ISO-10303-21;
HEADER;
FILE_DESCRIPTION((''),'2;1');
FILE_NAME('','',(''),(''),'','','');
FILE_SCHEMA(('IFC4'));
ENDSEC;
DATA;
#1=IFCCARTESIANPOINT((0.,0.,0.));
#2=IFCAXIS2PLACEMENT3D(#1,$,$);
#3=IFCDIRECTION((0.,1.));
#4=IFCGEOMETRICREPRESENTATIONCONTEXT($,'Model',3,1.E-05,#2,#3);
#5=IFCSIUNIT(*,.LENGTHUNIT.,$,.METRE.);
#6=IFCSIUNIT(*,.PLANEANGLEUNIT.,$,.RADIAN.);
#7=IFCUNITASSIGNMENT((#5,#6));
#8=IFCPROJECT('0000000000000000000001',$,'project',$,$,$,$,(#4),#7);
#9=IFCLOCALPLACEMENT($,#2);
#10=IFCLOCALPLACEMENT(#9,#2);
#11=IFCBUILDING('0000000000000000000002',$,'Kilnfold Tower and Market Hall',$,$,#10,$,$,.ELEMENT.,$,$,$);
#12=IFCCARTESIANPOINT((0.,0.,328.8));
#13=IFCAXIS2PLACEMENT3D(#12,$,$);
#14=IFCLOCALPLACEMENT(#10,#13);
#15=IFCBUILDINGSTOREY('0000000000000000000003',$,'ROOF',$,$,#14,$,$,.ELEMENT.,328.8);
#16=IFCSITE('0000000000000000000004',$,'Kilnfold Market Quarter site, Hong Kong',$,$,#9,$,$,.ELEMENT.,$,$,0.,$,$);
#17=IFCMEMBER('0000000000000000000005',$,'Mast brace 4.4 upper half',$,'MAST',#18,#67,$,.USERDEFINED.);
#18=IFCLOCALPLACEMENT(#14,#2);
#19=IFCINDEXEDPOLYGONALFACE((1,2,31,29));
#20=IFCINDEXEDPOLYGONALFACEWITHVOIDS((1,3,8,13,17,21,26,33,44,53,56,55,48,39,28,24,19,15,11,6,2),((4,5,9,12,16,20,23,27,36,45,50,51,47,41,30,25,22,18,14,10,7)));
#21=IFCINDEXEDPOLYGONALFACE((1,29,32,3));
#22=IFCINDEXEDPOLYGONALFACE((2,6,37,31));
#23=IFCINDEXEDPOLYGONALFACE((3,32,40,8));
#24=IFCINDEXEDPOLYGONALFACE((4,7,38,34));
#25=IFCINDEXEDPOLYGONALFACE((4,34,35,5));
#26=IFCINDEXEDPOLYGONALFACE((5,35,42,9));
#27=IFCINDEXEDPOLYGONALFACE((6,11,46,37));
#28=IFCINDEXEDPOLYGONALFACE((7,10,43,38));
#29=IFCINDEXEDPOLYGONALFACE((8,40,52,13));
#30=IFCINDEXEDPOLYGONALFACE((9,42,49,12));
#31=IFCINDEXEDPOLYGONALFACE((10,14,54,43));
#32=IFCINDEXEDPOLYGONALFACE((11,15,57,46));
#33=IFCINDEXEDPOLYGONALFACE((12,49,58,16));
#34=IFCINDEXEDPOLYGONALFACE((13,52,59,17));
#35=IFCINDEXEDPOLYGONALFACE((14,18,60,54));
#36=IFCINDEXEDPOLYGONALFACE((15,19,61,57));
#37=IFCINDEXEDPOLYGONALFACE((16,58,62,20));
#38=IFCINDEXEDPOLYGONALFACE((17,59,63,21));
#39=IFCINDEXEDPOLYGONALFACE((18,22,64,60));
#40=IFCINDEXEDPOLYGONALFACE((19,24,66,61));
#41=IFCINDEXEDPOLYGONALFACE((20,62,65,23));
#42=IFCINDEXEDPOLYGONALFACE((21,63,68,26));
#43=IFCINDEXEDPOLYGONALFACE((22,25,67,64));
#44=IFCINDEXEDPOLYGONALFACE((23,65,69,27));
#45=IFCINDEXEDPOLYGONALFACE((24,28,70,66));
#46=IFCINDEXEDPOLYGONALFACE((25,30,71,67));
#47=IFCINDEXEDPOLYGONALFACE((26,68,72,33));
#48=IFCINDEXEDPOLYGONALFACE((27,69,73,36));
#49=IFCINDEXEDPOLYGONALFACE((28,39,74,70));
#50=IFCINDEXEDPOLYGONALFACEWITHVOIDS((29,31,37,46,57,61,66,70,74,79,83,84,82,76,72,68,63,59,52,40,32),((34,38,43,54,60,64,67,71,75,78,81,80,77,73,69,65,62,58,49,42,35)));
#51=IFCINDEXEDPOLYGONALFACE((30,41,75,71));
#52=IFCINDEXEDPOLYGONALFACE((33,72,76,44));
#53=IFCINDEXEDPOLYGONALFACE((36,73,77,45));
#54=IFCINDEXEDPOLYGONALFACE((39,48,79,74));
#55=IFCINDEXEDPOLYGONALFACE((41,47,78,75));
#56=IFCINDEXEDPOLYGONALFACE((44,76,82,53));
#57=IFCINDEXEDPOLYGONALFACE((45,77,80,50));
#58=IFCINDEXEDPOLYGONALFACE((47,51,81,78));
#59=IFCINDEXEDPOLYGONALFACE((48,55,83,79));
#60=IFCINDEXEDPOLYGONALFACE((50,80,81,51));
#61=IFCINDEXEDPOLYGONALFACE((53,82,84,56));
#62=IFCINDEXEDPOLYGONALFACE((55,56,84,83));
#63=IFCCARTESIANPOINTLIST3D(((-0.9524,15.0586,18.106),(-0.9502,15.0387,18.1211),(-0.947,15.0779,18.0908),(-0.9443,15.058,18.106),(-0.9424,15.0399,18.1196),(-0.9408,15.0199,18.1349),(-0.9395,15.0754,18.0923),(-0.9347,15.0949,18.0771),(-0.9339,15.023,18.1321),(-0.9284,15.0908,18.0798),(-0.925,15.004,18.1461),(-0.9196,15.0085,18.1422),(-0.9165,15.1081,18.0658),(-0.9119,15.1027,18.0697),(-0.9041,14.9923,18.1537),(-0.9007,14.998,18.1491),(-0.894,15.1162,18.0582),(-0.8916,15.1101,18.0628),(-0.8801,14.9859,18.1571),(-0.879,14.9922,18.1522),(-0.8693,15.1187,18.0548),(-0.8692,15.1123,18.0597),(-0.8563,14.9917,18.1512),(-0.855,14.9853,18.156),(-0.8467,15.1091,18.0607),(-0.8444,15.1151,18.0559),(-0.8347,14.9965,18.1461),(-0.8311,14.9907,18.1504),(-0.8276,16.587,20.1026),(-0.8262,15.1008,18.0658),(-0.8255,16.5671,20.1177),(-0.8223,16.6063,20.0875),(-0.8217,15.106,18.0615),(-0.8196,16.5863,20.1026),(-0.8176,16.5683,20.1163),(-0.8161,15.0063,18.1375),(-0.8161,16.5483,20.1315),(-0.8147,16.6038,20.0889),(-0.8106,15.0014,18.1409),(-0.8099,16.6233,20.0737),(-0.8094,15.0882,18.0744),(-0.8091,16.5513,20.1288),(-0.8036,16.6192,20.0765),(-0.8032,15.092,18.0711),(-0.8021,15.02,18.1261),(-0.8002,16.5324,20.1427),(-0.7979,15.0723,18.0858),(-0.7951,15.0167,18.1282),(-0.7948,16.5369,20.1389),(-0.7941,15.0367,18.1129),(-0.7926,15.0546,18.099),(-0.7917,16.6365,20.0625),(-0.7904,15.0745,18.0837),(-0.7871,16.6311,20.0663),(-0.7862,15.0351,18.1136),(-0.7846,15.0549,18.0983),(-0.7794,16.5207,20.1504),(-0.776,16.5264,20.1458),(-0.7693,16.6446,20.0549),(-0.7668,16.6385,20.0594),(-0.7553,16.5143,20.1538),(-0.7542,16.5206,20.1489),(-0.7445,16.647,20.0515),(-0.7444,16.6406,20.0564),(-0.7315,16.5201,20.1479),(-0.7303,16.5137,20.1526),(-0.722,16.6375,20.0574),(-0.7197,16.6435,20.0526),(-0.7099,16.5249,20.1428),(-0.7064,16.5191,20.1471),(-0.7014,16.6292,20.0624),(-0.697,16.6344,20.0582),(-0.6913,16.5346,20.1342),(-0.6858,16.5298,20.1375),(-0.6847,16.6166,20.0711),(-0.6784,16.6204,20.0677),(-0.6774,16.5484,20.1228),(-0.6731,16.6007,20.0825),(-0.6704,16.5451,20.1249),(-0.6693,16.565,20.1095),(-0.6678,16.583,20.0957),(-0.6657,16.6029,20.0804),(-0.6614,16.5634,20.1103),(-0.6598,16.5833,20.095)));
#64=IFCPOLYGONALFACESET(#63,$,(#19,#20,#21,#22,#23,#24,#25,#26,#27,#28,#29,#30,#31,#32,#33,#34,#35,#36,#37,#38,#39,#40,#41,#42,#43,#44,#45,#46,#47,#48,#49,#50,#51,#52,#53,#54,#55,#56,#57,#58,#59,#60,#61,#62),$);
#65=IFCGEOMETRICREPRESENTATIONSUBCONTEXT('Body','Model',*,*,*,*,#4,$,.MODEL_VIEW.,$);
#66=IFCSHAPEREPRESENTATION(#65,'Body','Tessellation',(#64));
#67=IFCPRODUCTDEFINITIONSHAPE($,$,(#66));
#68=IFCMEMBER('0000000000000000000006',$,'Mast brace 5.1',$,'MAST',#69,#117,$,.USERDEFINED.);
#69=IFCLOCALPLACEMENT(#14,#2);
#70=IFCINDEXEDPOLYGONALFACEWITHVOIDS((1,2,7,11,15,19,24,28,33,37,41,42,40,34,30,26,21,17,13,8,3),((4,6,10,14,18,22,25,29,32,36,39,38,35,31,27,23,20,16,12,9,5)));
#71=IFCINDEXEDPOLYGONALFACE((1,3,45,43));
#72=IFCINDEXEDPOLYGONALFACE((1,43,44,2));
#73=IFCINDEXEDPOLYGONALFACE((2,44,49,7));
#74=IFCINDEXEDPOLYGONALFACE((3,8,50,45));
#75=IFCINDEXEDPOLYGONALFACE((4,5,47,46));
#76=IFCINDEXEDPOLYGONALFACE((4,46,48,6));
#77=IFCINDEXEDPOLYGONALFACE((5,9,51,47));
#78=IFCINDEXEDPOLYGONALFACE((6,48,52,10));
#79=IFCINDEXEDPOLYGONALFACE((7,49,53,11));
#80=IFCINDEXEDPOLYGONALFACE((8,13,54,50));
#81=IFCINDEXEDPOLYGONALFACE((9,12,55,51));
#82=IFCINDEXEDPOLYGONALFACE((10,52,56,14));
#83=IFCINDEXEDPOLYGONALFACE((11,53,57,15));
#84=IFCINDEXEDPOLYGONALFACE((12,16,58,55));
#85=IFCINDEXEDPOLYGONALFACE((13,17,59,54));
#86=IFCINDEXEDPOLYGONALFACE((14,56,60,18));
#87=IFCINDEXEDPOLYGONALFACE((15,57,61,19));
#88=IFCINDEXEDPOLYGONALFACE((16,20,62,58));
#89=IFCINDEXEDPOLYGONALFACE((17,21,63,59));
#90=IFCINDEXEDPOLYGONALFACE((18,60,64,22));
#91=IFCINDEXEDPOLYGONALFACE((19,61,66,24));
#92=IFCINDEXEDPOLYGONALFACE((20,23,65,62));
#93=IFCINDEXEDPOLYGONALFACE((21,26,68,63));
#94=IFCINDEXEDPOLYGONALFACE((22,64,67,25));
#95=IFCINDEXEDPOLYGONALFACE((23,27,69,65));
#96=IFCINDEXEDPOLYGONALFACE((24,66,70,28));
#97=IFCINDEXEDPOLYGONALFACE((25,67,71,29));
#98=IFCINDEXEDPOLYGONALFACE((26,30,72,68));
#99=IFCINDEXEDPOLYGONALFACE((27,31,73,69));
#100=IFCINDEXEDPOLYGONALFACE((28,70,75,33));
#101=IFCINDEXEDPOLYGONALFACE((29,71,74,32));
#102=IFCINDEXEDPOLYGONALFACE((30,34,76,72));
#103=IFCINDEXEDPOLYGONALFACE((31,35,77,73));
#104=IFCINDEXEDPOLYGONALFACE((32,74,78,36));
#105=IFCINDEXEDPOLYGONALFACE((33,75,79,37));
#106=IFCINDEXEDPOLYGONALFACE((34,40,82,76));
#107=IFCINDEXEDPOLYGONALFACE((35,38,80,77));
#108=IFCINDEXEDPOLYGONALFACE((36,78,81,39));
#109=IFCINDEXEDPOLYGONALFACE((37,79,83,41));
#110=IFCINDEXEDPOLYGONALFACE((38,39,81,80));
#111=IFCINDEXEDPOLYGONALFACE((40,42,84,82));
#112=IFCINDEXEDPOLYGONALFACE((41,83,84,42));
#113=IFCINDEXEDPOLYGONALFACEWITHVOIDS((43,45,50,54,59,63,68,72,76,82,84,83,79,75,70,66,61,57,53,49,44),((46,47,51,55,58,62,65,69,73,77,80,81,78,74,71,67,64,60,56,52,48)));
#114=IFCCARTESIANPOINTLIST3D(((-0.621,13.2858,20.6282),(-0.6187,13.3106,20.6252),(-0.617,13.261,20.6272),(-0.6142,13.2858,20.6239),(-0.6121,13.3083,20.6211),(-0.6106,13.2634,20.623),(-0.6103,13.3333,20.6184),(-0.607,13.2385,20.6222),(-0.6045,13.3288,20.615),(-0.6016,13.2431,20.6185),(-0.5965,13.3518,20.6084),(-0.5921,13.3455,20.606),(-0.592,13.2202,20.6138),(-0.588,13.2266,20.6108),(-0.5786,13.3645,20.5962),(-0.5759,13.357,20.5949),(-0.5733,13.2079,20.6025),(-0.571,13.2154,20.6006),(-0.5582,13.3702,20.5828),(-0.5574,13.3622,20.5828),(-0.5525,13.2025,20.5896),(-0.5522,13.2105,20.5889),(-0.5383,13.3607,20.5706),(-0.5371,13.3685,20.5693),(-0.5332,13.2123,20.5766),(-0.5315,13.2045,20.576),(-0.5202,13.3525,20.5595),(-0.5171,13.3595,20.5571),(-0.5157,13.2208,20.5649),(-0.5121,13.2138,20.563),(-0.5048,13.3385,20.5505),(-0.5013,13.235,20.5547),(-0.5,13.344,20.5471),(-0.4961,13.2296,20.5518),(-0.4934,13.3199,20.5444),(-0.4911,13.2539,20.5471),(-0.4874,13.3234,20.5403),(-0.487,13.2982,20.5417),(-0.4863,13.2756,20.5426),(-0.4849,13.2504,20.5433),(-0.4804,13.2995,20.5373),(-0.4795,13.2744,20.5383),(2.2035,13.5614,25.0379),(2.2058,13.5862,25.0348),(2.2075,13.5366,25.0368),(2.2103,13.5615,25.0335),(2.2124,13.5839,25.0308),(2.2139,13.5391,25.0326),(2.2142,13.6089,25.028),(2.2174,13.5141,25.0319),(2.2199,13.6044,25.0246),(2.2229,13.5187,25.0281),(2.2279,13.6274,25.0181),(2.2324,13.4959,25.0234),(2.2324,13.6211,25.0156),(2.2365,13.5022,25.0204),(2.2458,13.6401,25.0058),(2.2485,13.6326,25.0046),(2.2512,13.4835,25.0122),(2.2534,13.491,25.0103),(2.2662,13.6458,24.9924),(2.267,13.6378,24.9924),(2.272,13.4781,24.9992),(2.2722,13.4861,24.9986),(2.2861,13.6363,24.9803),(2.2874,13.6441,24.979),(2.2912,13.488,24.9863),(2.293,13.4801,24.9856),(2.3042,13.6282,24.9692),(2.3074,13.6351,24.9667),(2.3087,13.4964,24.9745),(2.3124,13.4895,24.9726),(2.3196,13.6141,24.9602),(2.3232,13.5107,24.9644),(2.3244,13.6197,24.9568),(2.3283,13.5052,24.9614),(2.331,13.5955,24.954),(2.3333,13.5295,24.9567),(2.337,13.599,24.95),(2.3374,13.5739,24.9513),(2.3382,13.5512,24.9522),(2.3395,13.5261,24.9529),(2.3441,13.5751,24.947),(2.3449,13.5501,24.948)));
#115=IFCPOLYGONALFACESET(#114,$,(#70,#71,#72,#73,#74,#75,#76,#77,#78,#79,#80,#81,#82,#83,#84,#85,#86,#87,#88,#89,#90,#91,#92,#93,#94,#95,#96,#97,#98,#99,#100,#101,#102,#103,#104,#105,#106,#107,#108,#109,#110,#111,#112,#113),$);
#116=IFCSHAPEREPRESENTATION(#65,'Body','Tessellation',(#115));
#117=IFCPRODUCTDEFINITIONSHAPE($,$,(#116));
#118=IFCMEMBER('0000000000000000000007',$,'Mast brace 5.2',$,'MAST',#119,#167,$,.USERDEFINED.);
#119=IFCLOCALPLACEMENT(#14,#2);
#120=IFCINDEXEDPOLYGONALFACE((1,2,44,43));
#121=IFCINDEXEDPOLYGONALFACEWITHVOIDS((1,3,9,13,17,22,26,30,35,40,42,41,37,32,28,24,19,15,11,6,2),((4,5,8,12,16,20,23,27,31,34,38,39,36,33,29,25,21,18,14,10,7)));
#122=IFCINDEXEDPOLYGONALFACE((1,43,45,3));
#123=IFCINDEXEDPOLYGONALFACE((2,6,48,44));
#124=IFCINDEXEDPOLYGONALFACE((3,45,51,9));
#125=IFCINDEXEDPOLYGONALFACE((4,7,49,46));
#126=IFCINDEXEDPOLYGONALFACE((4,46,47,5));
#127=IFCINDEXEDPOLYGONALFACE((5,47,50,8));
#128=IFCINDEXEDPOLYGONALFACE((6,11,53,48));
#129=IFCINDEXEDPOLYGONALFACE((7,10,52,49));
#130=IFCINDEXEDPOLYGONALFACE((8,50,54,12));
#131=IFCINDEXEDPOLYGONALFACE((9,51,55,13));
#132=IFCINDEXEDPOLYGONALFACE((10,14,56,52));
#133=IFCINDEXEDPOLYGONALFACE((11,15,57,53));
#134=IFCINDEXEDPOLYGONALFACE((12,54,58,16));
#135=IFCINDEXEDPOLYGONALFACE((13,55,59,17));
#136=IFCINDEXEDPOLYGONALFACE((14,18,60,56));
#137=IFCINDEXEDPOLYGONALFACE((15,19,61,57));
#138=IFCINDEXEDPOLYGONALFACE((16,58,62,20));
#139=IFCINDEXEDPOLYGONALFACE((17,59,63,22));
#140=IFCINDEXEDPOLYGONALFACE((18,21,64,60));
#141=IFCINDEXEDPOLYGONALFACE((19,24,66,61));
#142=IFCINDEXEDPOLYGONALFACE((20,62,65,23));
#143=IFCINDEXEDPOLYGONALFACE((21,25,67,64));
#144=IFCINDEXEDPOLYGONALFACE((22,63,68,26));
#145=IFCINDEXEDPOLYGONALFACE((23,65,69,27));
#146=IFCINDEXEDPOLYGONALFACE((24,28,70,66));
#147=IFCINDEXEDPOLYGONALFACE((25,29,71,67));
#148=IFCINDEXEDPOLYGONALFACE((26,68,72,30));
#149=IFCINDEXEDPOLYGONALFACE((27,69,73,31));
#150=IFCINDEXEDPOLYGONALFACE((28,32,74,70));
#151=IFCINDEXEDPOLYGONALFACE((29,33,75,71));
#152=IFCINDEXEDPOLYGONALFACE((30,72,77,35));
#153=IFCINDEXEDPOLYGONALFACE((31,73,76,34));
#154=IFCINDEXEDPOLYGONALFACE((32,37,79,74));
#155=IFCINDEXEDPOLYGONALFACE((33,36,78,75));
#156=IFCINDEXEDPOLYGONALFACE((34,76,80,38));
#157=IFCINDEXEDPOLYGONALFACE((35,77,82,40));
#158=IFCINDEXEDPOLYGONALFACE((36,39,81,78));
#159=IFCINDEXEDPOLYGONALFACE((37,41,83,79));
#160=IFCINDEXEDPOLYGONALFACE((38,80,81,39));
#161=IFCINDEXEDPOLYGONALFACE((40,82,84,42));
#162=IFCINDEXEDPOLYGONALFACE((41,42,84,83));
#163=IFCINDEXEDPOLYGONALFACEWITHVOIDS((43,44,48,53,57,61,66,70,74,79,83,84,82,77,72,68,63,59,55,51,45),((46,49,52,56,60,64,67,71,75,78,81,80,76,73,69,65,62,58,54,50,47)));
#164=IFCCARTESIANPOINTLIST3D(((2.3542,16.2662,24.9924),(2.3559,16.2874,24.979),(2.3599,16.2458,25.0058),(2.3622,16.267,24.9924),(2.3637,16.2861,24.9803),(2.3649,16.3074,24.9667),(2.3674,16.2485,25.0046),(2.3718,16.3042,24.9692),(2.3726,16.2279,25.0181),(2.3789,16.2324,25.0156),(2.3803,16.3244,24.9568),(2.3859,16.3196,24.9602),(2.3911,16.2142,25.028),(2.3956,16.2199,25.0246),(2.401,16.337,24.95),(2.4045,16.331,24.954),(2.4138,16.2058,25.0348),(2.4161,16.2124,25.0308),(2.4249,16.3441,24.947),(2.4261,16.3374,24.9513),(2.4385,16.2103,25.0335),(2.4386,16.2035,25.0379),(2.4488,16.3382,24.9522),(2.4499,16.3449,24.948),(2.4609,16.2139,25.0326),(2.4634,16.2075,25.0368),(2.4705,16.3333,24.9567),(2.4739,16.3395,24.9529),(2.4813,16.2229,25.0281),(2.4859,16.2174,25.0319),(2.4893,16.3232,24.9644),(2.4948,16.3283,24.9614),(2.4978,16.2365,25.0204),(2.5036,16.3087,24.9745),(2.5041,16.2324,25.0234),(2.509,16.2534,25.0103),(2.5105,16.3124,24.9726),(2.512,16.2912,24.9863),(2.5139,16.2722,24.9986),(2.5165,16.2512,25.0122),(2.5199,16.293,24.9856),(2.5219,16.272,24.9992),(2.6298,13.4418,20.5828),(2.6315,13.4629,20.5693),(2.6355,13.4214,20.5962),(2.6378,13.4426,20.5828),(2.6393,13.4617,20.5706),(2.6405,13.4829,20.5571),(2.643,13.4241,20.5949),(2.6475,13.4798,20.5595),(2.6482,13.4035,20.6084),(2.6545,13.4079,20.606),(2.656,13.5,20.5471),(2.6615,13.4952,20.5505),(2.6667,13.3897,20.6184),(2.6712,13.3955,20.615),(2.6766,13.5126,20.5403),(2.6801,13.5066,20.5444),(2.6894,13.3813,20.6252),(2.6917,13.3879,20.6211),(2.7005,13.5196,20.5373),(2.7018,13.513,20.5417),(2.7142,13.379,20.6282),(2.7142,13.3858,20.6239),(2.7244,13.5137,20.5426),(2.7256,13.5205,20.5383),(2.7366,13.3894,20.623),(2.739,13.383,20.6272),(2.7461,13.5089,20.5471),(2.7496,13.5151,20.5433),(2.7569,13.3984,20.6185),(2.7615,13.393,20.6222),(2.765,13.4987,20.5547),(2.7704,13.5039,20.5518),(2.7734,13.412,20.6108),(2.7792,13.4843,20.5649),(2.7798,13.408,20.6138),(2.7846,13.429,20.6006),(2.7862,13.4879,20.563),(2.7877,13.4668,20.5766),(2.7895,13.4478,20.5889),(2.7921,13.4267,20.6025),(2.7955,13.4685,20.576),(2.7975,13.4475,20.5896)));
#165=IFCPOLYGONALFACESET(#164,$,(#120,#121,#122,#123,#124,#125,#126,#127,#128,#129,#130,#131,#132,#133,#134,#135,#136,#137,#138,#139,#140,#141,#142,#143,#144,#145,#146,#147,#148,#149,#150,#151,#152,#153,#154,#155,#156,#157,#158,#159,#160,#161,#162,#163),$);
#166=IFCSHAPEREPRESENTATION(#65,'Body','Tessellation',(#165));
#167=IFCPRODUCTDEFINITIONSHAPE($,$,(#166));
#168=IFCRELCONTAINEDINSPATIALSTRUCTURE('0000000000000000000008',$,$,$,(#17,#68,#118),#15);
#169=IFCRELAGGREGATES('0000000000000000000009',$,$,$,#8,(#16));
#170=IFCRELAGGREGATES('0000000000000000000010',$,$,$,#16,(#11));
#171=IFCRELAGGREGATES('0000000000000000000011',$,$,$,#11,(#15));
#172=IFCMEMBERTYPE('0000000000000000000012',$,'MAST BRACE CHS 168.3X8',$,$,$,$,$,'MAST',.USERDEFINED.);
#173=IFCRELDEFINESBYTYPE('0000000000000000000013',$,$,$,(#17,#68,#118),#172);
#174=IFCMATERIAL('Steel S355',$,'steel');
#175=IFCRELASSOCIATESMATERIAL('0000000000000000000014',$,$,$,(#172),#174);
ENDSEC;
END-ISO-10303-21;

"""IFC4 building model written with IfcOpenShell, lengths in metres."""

from ifc_helpers import new_model, si_unit, direction, frame, origin, origin_2d, place, context, subcontext, project, spatial, hollow_circle, extrude, source, transform, mapped, material, material_profile, profile_set, type_object, element, save


model = new_model("IFC4")

# Units and contexts
model_context = context("Model", 3, precision=1e-05, world=origin(), true_north=direction((0.0, 1.0)))
body_context = subcontext(model_context, "Body", "Model", "MODEL_VIEW")
ifc_project = project(units=[si_unit("LENGTHUNIT", "METRE"), si_unit("PLANEANGLEUNIT", "RADIAN")], contexts=[model_context])

# Site, building, storey
site_placement = place(None, origin())
site = spatial("IfcSite", under=ifc_project, at=site_placement, Name="Kilnfold Market Quarter site, Hong Kong", CompositionType="ELEMENT", RefElevation=0.0)
building_placement = place(site_placement, origin())
building = spatial("IfcBuilding", under=site, at=building_placement, Name="Kilnfold Tower and Market Hall", CompositionType="ELEMENT")
storey_placement = place(building_placement, frame((0.0, 0.0, 328.8)))
storey = spatial("IfcBuildingStorey", under=building, at=storey_placement, Name="ROOF", CompositionType="ELEMENT", Elevation=328.8)

# Members
ifc_material_1 = material(Name="Steel S355", Category="steel")
ifc_material_profile_1 = material_profile(ifc_material_1, hollow_circle(Radius=0.0842, WallThickness=0.0081, at=origin_2d()), Name="CHS 168.3x8")
ifc_profile_set_1 = profile_set([ifc_material_profile_1], Name="Steel S355")
member_type_1 = type_object("IfcMemberType", Name="MAST BRACE CHS 168.3X8", ElementType="MAST", PredefinedType="USERDEFINED", material=ifc_profile_set_1)
shared_shape_1 = source(origin(), body_context, "Body", "SweptSolid", [
    extrude(hollow_circle(Radius=0.0842, WallThickness=0.0081, at=origin_2d()), origin(), (0.0, 0.0, 1.0), 2.5176),
])
for number, where, z_axis, x_axis, name in (
    (1, (-0.8684, 15.0518, 18.106), (0.049556, 0.607085, 0.79309), (-0.996685, 0.081359, 0.0), "Mast brace 4.4 upper half"),
):
    element("IfcMember", number, at=place(storey_placement, frame(where, z_axis=z_axis, x_axis=x_axis)), inside=storey, type_object=member_type_1, Name=name, ObjectType="MAST", PredefinedType="USERDEFINED", context=body_context, shape_type="MappedRepresentation", body=[
        mapped(shared_shape_1, transform((0.0, 0.0, 0.0))),
    ])
shared_shape_2 = source(origin(), body_context, "Body", "SweptSolid", [
    extrude(hollow_circle(Radius=0.0842, WallThickness=0.0081, at=origin_2d()), origin(), (0.0, 0.0, 1.0), 5.2439),
])
for number, where, z_axis, x_axis, name in (
    (2, (-0.55, 13.2864, 20.5828), (0.538616, 0.052563, 0.84091), (-0.097127, 0.995272, 0.0), "Mast brace 5.1"),
    (3, (2.7136, 13.45, 20.5828), (-0.052563, 0.538616, 0.84091), (-0.995272, -0.097127, 0.0), "Mast brace 5.2"),
):
    element("IfcMember", number, at=place(storey_placement, frame(where, z_axis=z_axis, x_axis=x_axis)), inside=storey, type_object=member_type_1, Name=name, ObjectType="MAST", PredefinedType="USERDEFINED", context=body_context, shape_type="MappedRepresentation", body=[
        mapped(shared_shape_2, transform((0.0, 0.0, 0.0))),
    ])

save(model, "model.ifc")
